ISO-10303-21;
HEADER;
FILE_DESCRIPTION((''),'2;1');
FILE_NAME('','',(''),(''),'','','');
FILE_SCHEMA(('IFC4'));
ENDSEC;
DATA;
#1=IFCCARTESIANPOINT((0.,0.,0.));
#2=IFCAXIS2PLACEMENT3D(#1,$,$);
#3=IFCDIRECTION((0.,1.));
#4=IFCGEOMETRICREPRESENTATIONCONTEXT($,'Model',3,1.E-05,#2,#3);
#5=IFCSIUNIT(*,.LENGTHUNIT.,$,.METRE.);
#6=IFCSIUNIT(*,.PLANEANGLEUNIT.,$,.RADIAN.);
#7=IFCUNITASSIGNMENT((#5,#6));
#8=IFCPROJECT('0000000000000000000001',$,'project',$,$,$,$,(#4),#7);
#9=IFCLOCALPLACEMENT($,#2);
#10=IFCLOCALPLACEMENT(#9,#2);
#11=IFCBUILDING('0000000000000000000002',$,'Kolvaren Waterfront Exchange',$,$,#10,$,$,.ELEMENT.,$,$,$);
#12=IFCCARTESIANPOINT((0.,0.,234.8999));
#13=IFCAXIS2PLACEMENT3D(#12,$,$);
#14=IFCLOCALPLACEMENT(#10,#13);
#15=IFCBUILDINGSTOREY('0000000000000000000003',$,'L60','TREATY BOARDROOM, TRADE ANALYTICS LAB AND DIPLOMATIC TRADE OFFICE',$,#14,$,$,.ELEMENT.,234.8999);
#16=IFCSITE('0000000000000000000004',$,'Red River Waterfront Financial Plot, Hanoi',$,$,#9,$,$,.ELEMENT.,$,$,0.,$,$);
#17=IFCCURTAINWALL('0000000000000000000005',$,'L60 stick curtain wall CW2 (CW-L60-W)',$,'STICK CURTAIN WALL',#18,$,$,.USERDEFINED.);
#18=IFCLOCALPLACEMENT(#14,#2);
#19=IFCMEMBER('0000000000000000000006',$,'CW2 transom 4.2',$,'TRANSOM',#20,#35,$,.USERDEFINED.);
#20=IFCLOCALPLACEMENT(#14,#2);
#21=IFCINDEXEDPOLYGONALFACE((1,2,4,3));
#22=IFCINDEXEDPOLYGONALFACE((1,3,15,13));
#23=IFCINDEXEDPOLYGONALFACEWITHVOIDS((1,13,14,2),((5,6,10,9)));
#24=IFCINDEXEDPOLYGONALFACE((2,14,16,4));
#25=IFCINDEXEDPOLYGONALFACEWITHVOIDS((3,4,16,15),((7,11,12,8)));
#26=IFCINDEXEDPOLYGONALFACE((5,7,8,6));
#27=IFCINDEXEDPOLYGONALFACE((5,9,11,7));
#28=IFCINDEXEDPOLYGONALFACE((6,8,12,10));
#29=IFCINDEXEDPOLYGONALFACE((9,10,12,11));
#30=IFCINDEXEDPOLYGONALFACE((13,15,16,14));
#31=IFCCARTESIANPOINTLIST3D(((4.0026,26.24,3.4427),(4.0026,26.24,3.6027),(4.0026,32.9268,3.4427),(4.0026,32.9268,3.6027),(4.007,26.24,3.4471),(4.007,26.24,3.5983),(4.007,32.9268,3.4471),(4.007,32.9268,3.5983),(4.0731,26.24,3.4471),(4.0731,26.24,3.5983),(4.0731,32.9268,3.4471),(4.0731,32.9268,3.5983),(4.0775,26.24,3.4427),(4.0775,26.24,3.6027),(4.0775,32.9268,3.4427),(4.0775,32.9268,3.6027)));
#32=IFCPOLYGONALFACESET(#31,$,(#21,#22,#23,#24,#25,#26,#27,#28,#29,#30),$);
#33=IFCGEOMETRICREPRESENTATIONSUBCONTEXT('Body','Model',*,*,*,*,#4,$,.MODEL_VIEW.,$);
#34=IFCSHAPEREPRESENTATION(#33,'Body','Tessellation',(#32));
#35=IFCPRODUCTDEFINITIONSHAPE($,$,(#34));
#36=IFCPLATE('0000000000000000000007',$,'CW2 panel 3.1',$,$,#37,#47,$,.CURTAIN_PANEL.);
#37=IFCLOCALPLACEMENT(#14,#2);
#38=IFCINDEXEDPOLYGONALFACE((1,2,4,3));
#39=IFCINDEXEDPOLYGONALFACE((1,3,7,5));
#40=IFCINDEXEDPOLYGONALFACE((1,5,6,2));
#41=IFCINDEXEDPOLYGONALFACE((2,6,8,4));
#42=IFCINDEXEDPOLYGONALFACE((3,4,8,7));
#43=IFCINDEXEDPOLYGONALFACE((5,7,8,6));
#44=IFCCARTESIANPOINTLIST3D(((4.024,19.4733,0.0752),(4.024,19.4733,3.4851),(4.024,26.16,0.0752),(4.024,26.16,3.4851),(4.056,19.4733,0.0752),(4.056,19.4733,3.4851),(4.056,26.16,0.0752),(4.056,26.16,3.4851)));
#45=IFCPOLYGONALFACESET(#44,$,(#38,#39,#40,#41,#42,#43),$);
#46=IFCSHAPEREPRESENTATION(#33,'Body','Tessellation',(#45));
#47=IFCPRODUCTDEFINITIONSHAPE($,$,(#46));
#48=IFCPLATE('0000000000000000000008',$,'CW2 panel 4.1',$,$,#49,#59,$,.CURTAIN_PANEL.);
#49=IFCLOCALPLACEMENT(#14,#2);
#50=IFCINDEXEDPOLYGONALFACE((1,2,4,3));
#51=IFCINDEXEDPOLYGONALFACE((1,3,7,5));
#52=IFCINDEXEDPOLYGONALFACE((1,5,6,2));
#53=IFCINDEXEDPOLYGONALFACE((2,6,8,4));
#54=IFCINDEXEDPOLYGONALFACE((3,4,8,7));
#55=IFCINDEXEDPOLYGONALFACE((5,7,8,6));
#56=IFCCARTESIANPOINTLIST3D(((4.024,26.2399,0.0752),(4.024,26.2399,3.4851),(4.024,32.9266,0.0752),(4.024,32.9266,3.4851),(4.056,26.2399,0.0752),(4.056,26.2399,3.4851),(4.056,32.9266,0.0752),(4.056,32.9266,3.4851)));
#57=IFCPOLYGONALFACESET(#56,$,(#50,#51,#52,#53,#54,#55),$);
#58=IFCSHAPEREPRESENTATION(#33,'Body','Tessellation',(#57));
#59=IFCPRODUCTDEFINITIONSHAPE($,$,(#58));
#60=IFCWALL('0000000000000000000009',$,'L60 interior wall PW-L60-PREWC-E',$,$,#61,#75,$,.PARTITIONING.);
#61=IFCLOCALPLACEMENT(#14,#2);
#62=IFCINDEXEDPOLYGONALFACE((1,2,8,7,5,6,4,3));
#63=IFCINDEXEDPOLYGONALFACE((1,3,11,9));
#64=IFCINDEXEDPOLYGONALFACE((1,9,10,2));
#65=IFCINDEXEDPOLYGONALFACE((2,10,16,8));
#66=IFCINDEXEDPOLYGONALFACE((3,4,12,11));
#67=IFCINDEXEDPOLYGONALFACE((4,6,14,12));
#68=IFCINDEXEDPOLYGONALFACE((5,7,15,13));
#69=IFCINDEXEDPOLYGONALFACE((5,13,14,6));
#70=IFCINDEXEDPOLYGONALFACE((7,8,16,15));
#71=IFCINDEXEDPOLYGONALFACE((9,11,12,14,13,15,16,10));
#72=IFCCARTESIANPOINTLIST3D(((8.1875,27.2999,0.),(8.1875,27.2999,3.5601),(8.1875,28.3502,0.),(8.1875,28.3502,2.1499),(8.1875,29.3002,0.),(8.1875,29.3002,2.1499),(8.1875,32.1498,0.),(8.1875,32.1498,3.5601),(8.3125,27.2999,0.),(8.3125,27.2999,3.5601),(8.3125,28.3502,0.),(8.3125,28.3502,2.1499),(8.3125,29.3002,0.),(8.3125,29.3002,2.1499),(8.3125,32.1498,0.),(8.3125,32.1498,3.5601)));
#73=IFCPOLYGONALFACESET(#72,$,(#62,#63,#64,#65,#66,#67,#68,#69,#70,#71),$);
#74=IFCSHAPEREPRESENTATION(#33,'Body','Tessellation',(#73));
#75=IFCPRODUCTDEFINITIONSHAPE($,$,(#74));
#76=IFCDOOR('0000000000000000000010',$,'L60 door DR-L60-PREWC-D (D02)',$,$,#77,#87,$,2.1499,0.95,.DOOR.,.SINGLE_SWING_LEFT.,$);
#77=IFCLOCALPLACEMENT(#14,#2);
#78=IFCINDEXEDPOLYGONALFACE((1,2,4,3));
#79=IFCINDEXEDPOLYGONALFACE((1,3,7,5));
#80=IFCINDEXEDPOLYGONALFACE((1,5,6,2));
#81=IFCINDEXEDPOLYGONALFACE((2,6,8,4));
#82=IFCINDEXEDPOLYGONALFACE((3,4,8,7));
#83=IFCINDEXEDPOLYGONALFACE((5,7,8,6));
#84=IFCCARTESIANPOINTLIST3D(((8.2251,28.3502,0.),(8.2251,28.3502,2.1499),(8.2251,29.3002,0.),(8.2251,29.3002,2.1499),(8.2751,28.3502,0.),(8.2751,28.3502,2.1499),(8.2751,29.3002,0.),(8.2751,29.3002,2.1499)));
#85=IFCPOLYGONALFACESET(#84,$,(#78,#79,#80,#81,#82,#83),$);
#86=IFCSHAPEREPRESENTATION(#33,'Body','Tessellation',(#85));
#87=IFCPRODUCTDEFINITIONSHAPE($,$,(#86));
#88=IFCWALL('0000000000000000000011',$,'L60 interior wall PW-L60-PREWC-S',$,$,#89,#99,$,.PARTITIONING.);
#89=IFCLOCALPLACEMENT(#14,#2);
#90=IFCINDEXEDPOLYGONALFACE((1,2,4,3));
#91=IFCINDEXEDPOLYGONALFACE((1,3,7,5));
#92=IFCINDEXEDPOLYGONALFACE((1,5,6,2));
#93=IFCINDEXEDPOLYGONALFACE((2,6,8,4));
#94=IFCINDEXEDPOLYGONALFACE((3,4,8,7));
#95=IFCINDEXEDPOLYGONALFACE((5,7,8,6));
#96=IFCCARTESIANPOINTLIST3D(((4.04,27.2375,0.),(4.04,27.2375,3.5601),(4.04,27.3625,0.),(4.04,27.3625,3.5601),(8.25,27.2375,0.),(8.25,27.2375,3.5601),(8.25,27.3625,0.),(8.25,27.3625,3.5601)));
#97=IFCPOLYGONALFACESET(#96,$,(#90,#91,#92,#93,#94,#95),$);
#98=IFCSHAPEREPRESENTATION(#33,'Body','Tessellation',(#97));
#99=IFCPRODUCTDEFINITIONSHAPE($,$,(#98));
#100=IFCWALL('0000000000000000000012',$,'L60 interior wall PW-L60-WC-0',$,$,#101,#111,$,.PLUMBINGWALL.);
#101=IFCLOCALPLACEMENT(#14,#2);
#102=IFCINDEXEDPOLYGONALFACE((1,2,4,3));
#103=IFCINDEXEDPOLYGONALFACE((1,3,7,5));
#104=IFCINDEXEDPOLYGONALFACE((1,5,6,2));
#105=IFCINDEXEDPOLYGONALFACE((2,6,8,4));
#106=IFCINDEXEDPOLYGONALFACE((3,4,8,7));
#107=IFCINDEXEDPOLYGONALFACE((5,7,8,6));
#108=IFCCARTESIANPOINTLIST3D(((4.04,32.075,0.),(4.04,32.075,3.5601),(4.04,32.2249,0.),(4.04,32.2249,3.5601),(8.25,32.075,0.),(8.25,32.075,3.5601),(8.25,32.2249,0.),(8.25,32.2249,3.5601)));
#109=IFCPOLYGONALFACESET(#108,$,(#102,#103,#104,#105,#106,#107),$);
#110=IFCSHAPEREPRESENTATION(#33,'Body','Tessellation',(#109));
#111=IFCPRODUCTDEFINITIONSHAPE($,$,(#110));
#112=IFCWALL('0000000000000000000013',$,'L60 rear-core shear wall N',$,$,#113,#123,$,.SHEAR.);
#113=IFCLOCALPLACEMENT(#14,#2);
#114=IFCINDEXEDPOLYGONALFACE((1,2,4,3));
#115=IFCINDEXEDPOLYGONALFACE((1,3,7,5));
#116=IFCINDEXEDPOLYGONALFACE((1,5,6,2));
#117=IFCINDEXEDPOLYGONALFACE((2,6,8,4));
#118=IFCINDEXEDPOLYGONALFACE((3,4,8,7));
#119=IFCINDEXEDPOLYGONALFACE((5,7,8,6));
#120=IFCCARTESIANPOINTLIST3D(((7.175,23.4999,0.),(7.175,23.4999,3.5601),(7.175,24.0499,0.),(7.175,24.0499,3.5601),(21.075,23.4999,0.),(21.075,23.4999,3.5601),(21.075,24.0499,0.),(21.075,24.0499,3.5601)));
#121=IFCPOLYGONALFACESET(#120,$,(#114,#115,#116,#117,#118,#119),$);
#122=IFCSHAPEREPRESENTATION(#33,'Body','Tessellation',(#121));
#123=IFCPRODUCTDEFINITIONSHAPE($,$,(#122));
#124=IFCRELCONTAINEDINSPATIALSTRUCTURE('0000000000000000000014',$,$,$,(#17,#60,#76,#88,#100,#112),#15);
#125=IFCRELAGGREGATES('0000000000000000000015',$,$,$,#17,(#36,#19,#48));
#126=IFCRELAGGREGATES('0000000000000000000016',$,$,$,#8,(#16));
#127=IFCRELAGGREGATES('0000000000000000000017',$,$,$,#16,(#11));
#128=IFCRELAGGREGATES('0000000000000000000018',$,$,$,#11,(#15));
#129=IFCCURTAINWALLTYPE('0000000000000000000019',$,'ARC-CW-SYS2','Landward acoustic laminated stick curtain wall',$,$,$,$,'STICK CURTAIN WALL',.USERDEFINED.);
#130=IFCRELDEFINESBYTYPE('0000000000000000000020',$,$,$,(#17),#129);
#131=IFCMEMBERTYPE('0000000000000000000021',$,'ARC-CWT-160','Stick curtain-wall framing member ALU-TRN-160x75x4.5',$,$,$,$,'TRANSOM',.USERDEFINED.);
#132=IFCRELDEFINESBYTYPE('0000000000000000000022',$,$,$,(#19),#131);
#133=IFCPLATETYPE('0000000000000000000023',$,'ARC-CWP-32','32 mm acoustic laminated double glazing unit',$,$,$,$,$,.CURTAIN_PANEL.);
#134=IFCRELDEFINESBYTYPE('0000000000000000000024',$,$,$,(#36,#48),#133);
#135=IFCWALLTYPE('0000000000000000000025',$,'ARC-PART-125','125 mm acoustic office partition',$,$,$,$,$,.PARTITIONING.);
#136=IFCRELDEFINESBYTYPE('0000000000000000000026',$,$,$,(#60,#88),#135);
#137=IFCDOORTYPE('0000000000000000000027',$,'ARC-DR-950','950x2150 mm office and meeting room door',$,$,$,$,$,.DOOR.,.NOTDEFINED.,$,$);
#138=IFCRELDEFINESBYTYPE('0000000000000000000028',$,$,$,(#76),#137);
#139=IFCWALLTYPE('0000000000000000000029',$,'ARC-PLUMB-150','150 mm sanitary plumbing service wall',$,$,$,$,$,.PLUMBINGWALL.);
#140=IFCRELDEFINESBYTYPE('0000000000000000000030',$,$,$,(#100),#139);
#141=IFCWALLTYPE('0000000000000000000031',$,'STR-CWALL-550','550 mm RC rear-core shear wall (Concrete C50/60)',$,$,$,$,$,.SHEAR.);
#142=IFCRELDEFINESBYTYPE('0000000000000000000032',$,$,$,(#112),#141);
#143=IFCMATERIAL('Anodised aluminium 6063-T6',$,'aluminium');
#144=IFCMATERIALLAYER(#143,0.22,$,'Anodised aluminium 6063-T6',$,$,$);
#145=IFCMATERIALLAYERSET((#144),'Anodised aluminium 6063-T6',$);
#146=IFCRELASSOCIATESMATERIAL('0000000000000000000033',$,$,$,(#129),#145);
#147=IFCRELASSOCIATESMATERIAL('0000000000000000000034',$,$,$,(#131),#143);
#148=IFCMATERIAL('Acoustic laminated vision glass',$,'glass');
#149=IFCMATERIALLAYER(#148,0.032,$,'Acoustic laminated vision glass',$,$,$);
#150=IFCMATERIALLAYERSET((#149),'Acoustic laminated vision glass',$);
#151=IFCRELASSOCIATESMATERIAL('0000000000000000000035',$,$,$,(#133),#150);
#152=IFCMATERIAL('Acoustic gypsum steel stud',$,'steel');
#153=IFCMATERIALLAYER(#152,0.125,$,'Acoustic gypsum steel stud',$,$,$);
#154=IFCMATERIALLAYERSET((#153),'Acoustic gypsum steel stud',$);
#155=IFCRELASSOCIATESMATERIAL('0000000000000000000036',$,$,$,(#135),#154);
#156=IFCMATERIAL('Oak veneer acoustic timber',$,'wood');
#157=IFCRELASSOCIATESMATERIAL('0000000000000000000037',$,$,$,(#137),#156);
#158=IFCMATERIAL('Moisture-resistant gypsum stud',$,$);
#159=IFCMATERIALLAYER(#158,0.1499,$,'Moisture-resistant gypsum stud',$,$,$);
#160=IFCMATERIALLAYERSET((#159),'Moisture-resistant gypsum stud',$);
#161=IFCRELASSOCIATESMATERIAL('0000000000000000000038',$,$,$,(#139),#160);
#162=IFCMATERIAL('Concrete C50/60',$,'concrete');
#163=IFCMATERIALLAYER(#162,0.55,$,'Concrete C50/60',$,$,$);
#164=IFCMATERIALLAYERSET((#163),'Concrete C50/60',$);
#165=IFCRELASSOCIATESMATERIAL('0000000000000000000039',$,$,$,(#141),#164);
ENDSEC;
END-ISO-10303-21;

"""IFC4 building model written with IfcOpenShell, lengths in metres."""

from ifc_helpers import new_model, si_unit, direction, frame, frame_2d, origin, origin_with_axes, origin_2d, place, context, subcontext, project, spatial, rectangle, hollow_rectangle, extrude, source, transform, mapped, material, layer, layer_set, material_profile, profile_set, type_object, element, fill, aggregate, save


model = new_model("IFC4")

# Units and contexts
model_context = context("Model", 3, precision=1e-05, world=origin(), true_north=direction((0.0, 1.0)))
body_context = subcontext(model_context, "Body", "Model", "MODEL_VIEW")
ifc_project = project(units=[si_unit("LENGTHUNIT", "METRE"), si_unit("PLANEANGLEUNIT", "RADIAN")], contexts=[model_context])

# Site, building, storey
site_placement = place(None, origin())
site = spatial("IfcSite", under=ifc_project, at=site_placement, Name="Red River Waterfront Financial Plot, Hanoi", CompositionType="ELEMENT", RefElevation=0.0)
building_placement = place(site_placement, origin())
building = spatial("IfcBuilding", under=site, at=building_placement, Name="Kolvaren Waterfront Exchange", CompositionType="ELEMENT")
storey_placement = place(building_placement, frame((0.0, 0.0, 234.8999)))
storey = spatial("IfcBuildingStorey", under=building, at=storey_placement, Name="L60", Description="TREATY BOARDROOM, TRADE ANALYTICS LAB AND DIPLOMATIC TRADE OFFICE", CompositionType="ELEMENT", Elevation=234.8999)

# Shared definitions
ifc_material_1 = material(Name="Concrete C50/60", Category="concrete")

# Curtain wall, member, plates
ifc_material_2 = material(Name="Anodised aluminium 6063-T6", Category="aluminium")
ifc_layer_1 = layer(ifc_material_2, 0.22, Name="Anodised aluminium 6063-T6")
ifc_layer_set_1 = layer_set([ifc_layer_1], Name="Anodised aluminium 6063-T6")
curtain_wall_type = type_object("IfcCurtainWallType", Name="ARC-CW-SYS2", Description="Landward acoustic laminated stick curtain wall", ElementType="STICK CURTAIN WALL", PredefinedType="USERDEFINED", material=ifc_layer_set_1)
curtain_wall_placement = place(storey_placement, origin())
curtain_wall = element("IfcCurtainWall", 1, at=curtain_wall_placement, inside=storey, type_object=curtain_wall_type, Name="L60 stick curtain wall CW2 (CW-L60-W)", ObjectType="STICK CURTAIN WALL", PredefinedType="USERDEFINED")
ifc_material_profile_1 = material_profile(ifc_material_2, hollow_rectangle(XDim=0.075, YDim=0.1599, WallThickness=0.0044, at=origin_2d()), Name="ALU-TRN-160x75x4.5")
ifc_profile_set_1 = profile_set([ifc_material_profile_1], Name="Anodised aluminium 6063-T6")
member_type_1 = type_object("IfcMemberType", Name="ARC-CWT-160", Description="Stick curtain-wall framing member ALU-TRN-160x75x4.5", ElementType="TRANSOM", PredefinedType="USERDEFINED", material=ifc_profile_set_1)
shared_shape_1 = source(origin_with_axes(), body_context, "Body", "SweptSolid", [
    extrude(hollow_rectangle(XDim=0.075, YDim=0.1599, WallThickness=0.0044, at=origin_2d()), origin(), (0.0, 0.0, 1.0), 6.6868),
])
member_1_placement = place(storey_placement, frame((4.04, 26.24, 3.5227), z_axis=(0.0, 1.0, 0.0), x_axis=(-1.0, 0.0, 0.0)))
member_1 = element("IfcMember", 2, at=member_1_placement, type_object=member_type_1, Name="CW2 transom 4.2", ObjectType="TRANSOM", PredefinedType="USERDEFINED", context=body_context, shape_type="MappedRepresentation", body=[
    mapped(shared_shape_1, transform((0.0, 0.0, 0.0), x_axis=(1.0, 0.0, 0.0), y_axis=(0.0, 1.0, 0.0), z_axis=(0.0, 0.0, 1.0), scale=1.0)),
])
ifc_material_3 = material(Name="Acoustic laminated vision glass", Category="glass")
ifc_layer_2 = layer(ifc_material_3, 0.032, Name="Acoustic laminated vision glass")
ifc_layer_set_2 = layer_set([ifc_layer_2], Name="Acoustic laminated vision glass")
plate_type = type_object("IfcPlateType", Name="ARC-CWP-32", Description="32 mm acoustic laminated double glazing unit", PredefinedType="CURTAIN_PANEL", material=ifc_layer_set_2)
shared_shape_2 = source(origin_with_axes(), body_context, "Body", "SweptSolid", [
    extrude(rectangle(XDim=6.6868, YDim=0.032, at=origin_2d()), origin(), (0.0, 0.0, 1.0), 3.4099),
])
plate_1_placement = place(storey_placement, frame((4.04, 22.8167, 0.0752), z_axis=(0.0, 0.0, 1.0), x_axis=(0.0, 1.0, 0.0)))
plate_1 = element("IfcPlate", 3, at=plate_1_placement, type_object=plate_type, Name="CW2 panel 3.1", PredefinedType="CURTAIN_PANEL", context=body_context, shape_type="MappedRepresentation", body=[
    mapped(shared_shape_2, transform((0.0, 0.0, 0.0), x_axis=(1.0, 0.0, 0.0), y_axis=(0.0, 1.0, 0.0), z_axis=(0.0, 0.0, 1.0), scale=1.0)),
])
plate_2_placement = place(storey_placement, frame((4.04, 29.5833, 0.0752), z_axis=(0.0, 0.0, 1.0), x_axis=(0.0, 1.0, 0.0)))
plate_2 = element("IfcPlate", 4, at=plate_2_placement, type_object=plate_type, Name="CW2 panel 4.1", PredefinedType="CURTAIN_PANEL", context=body_context, shape_type="MappedRepresentation", body=[
    mapped(shared_shape_2, transform((0.0, 0.0, 0.0), x_axis=(1.0, 0.0, 0.0), y_axis=(0.0, 1.0, 0.0), z_axis=(0.0, 0.0, 1.0), scale=1.0)),
])
aggregate(curtain_wall, [plate_1, member_1, plate_2])

# Wall, opening, door
ifc_material_4 = material(Name="Acoustic gypsum steel stud", Category="steel")
ifc_layer_3 = layer(ifc_material_4, 0.125, Name="Acoustic gypsum steel stud")
ifc_layer_set_3 = layer_set([ifc_layer_3], Name="Acoustic gypsum steel stud")
wall_type_1 = type_object("IfcWallType", Name="ARC-PART-125", Description="125 mm acoustic office partition", PredefinedType="PARTITIONING", material=ifc_layer_set_3)
wall_1_placement = place(storey_placement, frame((8.25, 27.3, 0.0), z_axis=(0.0, 0.0, 1.0), x_axis=(0.0, 1.0, 0.0)))
wall_1 = element("IfcWall", 5, at=wall_1_placement, inside=storey, type_object=wall_type_1, Name="L60 interior wall PW-L60-PREWC-E", PredefinedType="PARTITIONING", context=body_context, shape_type="SweptSolid", body=[
    extrude(rectangle(XDim=4.8499, YDim=0.125, at=frame_2d((2.4248, 0.0))), origin(), (0.0, 0.0, 1.0), 3.5601),
])
opening_1_placement = place(wall_1_placement, frame((1.05, 0.0, 0.0)))
opening_1 = element("IfcOpeningElement", 6, at=opening_1_placement, cuts=wall_1, PredefinedType="OPENING", context=body_context, shape_type="SweptSolid", body=[
    extrude(rectangle(XDim=0.95, YDim=2.1499, at=frame_2d((0.4751, 1.075))), frame((0.0, 0.0725, 0.0), z_axis=(0.0, -1.0, 0.0), x_axis=(1.0, 0.0, 0.0)), (0.0, 0.0, 1.0), 0.145),
])
ifc_material_5 = material(Name="Oak veneer acoustic timber", Category="wood")
door_type_1 = type_object("IfcDoorType", Name="ARC-DR-950", Description="950x2150 mm office and meeting room door", OperationType="NOTDEFINED", PredefinedType="DOOR", material=ifc_material_5)
door_1_placement = place(opening_1_placement, origin())
door_1 = element("IfcDoor", 7, at=door_1_placement, inside=storey, type_object=door_type_1, Name="L60 door DR-L60-PREWC-D (D02)", OperationType="SINGLE_SWING_LEFT", OverallHeight=2.1499, OverallWidth=0.95, PredefinedType="DOOR", context=body_context, shape_type="SweptSolid", body=[
    extrude(rectangle(XDim=0.95, YDim=2.1499, at=frame_2d((0.4751, 1.075))), frame((0.0, 0.0249, 0.0), z_axis=(0.0, -1.0, 0.0), x_axis=(1.0, 0.0, 0.0)), (0.0, 0.0, 1.0), 0.05),
])
fill(opening_1, door_1)

# Wall
wall_2_placement = place(storey_placement, frame((4.04, 27.3, 0.0), z_axis=(0.0, 0.0, 1.0), x_axis=(1.0, 0.0, 0.0)))
element("IfcWall", 8, at=wall_2_placement, inside=storey, type_object=wall_type_1, Name="L60 interior wall PW-L60-PREWC-S", PredefinedType="PARTITIONING", context=body_context, shape_type="SweptSolid", body=[
    extrude(rectangle(XDim=4.21, YDim=0.125, at=frame_2d((2.105, 0.0))), origin(), (0.0, 0.0, 1.0), 3.5601),
])

# Walls
ifc_material_6 = material(Name="Moisture-resistant gypsum stud")
ifc_layer_4 = layer(ifc_material_6, 0.1499, Name="Moisture-resistant gypsum stud")
ifc_layer_set_4 = layer_set([ifc_layer_4], Name="Moisture-resistant gypsum stud")
wall_type_2 = type_object("IfcWallType", Name="ARC-PLUMB-150", Description="150 mm sanitary plumbing service wall", PredefinedType="PLUMBINGWALL", material=ifc_layer_set_4)
wall_3_placement = place(storey_placement, frame((4.04, 32.1499, 0.0), z_axis=(0.0, 0.0, 1.0), x_axis=(1.0, 0.0, 0.0)))
element("IfcWall", 9, at=wall_3_placement, inside=storey, type_object=wall_type_2, Name="L60 interior wall PW-L60-WC-0", PredefinedType="PLUMBINGWALL", context=body_context, shape_type="SweptSolid", body=[
    extrude(rectangle(XDim=4.21, YDim=0.1499, at=frame_2d((2.105, 0.0))), origin(), (0.0, 0.0, 1.0), 3.5601),
])
ifc_layer_5 = layer(ifc_material_1, 0.55, Name="Concrete C50/60")
ifc_layer_set_5 = layer_set([ifc_layer_5], Name="Concrete C50/60")
wall_type_3 = type_object("IfcWallType", Name="STR-CWALL-550", Description="550 mm RC rear-core shear wall (Concrete C50/60)", PredefinedType="SHEAR", material=ifc_layer_set_5)
wall_4_placement = place(storey_placement, frame((7.175, 23.7749, 0.0), z_axis=(0.0, 0.0, 1.0), x_axis=(1.0, 0.0, 0.0)))
element("IfcWall", 10, at=wall_4_placement, inside=storey, type_object=wall_type_3, Name="L60 rear-core shear wall N", PredefinedType="SHEAR", context=body_context, shape_type="SweptSolid", body=[
    extrude(rectangle(XDim=13.8999, YDim=0.55, at=frame_2d((6.95, 0.0))), origin(), (0.0, 0.0, 1.0), 3.5601),
])

save(model, "model.ifc")
